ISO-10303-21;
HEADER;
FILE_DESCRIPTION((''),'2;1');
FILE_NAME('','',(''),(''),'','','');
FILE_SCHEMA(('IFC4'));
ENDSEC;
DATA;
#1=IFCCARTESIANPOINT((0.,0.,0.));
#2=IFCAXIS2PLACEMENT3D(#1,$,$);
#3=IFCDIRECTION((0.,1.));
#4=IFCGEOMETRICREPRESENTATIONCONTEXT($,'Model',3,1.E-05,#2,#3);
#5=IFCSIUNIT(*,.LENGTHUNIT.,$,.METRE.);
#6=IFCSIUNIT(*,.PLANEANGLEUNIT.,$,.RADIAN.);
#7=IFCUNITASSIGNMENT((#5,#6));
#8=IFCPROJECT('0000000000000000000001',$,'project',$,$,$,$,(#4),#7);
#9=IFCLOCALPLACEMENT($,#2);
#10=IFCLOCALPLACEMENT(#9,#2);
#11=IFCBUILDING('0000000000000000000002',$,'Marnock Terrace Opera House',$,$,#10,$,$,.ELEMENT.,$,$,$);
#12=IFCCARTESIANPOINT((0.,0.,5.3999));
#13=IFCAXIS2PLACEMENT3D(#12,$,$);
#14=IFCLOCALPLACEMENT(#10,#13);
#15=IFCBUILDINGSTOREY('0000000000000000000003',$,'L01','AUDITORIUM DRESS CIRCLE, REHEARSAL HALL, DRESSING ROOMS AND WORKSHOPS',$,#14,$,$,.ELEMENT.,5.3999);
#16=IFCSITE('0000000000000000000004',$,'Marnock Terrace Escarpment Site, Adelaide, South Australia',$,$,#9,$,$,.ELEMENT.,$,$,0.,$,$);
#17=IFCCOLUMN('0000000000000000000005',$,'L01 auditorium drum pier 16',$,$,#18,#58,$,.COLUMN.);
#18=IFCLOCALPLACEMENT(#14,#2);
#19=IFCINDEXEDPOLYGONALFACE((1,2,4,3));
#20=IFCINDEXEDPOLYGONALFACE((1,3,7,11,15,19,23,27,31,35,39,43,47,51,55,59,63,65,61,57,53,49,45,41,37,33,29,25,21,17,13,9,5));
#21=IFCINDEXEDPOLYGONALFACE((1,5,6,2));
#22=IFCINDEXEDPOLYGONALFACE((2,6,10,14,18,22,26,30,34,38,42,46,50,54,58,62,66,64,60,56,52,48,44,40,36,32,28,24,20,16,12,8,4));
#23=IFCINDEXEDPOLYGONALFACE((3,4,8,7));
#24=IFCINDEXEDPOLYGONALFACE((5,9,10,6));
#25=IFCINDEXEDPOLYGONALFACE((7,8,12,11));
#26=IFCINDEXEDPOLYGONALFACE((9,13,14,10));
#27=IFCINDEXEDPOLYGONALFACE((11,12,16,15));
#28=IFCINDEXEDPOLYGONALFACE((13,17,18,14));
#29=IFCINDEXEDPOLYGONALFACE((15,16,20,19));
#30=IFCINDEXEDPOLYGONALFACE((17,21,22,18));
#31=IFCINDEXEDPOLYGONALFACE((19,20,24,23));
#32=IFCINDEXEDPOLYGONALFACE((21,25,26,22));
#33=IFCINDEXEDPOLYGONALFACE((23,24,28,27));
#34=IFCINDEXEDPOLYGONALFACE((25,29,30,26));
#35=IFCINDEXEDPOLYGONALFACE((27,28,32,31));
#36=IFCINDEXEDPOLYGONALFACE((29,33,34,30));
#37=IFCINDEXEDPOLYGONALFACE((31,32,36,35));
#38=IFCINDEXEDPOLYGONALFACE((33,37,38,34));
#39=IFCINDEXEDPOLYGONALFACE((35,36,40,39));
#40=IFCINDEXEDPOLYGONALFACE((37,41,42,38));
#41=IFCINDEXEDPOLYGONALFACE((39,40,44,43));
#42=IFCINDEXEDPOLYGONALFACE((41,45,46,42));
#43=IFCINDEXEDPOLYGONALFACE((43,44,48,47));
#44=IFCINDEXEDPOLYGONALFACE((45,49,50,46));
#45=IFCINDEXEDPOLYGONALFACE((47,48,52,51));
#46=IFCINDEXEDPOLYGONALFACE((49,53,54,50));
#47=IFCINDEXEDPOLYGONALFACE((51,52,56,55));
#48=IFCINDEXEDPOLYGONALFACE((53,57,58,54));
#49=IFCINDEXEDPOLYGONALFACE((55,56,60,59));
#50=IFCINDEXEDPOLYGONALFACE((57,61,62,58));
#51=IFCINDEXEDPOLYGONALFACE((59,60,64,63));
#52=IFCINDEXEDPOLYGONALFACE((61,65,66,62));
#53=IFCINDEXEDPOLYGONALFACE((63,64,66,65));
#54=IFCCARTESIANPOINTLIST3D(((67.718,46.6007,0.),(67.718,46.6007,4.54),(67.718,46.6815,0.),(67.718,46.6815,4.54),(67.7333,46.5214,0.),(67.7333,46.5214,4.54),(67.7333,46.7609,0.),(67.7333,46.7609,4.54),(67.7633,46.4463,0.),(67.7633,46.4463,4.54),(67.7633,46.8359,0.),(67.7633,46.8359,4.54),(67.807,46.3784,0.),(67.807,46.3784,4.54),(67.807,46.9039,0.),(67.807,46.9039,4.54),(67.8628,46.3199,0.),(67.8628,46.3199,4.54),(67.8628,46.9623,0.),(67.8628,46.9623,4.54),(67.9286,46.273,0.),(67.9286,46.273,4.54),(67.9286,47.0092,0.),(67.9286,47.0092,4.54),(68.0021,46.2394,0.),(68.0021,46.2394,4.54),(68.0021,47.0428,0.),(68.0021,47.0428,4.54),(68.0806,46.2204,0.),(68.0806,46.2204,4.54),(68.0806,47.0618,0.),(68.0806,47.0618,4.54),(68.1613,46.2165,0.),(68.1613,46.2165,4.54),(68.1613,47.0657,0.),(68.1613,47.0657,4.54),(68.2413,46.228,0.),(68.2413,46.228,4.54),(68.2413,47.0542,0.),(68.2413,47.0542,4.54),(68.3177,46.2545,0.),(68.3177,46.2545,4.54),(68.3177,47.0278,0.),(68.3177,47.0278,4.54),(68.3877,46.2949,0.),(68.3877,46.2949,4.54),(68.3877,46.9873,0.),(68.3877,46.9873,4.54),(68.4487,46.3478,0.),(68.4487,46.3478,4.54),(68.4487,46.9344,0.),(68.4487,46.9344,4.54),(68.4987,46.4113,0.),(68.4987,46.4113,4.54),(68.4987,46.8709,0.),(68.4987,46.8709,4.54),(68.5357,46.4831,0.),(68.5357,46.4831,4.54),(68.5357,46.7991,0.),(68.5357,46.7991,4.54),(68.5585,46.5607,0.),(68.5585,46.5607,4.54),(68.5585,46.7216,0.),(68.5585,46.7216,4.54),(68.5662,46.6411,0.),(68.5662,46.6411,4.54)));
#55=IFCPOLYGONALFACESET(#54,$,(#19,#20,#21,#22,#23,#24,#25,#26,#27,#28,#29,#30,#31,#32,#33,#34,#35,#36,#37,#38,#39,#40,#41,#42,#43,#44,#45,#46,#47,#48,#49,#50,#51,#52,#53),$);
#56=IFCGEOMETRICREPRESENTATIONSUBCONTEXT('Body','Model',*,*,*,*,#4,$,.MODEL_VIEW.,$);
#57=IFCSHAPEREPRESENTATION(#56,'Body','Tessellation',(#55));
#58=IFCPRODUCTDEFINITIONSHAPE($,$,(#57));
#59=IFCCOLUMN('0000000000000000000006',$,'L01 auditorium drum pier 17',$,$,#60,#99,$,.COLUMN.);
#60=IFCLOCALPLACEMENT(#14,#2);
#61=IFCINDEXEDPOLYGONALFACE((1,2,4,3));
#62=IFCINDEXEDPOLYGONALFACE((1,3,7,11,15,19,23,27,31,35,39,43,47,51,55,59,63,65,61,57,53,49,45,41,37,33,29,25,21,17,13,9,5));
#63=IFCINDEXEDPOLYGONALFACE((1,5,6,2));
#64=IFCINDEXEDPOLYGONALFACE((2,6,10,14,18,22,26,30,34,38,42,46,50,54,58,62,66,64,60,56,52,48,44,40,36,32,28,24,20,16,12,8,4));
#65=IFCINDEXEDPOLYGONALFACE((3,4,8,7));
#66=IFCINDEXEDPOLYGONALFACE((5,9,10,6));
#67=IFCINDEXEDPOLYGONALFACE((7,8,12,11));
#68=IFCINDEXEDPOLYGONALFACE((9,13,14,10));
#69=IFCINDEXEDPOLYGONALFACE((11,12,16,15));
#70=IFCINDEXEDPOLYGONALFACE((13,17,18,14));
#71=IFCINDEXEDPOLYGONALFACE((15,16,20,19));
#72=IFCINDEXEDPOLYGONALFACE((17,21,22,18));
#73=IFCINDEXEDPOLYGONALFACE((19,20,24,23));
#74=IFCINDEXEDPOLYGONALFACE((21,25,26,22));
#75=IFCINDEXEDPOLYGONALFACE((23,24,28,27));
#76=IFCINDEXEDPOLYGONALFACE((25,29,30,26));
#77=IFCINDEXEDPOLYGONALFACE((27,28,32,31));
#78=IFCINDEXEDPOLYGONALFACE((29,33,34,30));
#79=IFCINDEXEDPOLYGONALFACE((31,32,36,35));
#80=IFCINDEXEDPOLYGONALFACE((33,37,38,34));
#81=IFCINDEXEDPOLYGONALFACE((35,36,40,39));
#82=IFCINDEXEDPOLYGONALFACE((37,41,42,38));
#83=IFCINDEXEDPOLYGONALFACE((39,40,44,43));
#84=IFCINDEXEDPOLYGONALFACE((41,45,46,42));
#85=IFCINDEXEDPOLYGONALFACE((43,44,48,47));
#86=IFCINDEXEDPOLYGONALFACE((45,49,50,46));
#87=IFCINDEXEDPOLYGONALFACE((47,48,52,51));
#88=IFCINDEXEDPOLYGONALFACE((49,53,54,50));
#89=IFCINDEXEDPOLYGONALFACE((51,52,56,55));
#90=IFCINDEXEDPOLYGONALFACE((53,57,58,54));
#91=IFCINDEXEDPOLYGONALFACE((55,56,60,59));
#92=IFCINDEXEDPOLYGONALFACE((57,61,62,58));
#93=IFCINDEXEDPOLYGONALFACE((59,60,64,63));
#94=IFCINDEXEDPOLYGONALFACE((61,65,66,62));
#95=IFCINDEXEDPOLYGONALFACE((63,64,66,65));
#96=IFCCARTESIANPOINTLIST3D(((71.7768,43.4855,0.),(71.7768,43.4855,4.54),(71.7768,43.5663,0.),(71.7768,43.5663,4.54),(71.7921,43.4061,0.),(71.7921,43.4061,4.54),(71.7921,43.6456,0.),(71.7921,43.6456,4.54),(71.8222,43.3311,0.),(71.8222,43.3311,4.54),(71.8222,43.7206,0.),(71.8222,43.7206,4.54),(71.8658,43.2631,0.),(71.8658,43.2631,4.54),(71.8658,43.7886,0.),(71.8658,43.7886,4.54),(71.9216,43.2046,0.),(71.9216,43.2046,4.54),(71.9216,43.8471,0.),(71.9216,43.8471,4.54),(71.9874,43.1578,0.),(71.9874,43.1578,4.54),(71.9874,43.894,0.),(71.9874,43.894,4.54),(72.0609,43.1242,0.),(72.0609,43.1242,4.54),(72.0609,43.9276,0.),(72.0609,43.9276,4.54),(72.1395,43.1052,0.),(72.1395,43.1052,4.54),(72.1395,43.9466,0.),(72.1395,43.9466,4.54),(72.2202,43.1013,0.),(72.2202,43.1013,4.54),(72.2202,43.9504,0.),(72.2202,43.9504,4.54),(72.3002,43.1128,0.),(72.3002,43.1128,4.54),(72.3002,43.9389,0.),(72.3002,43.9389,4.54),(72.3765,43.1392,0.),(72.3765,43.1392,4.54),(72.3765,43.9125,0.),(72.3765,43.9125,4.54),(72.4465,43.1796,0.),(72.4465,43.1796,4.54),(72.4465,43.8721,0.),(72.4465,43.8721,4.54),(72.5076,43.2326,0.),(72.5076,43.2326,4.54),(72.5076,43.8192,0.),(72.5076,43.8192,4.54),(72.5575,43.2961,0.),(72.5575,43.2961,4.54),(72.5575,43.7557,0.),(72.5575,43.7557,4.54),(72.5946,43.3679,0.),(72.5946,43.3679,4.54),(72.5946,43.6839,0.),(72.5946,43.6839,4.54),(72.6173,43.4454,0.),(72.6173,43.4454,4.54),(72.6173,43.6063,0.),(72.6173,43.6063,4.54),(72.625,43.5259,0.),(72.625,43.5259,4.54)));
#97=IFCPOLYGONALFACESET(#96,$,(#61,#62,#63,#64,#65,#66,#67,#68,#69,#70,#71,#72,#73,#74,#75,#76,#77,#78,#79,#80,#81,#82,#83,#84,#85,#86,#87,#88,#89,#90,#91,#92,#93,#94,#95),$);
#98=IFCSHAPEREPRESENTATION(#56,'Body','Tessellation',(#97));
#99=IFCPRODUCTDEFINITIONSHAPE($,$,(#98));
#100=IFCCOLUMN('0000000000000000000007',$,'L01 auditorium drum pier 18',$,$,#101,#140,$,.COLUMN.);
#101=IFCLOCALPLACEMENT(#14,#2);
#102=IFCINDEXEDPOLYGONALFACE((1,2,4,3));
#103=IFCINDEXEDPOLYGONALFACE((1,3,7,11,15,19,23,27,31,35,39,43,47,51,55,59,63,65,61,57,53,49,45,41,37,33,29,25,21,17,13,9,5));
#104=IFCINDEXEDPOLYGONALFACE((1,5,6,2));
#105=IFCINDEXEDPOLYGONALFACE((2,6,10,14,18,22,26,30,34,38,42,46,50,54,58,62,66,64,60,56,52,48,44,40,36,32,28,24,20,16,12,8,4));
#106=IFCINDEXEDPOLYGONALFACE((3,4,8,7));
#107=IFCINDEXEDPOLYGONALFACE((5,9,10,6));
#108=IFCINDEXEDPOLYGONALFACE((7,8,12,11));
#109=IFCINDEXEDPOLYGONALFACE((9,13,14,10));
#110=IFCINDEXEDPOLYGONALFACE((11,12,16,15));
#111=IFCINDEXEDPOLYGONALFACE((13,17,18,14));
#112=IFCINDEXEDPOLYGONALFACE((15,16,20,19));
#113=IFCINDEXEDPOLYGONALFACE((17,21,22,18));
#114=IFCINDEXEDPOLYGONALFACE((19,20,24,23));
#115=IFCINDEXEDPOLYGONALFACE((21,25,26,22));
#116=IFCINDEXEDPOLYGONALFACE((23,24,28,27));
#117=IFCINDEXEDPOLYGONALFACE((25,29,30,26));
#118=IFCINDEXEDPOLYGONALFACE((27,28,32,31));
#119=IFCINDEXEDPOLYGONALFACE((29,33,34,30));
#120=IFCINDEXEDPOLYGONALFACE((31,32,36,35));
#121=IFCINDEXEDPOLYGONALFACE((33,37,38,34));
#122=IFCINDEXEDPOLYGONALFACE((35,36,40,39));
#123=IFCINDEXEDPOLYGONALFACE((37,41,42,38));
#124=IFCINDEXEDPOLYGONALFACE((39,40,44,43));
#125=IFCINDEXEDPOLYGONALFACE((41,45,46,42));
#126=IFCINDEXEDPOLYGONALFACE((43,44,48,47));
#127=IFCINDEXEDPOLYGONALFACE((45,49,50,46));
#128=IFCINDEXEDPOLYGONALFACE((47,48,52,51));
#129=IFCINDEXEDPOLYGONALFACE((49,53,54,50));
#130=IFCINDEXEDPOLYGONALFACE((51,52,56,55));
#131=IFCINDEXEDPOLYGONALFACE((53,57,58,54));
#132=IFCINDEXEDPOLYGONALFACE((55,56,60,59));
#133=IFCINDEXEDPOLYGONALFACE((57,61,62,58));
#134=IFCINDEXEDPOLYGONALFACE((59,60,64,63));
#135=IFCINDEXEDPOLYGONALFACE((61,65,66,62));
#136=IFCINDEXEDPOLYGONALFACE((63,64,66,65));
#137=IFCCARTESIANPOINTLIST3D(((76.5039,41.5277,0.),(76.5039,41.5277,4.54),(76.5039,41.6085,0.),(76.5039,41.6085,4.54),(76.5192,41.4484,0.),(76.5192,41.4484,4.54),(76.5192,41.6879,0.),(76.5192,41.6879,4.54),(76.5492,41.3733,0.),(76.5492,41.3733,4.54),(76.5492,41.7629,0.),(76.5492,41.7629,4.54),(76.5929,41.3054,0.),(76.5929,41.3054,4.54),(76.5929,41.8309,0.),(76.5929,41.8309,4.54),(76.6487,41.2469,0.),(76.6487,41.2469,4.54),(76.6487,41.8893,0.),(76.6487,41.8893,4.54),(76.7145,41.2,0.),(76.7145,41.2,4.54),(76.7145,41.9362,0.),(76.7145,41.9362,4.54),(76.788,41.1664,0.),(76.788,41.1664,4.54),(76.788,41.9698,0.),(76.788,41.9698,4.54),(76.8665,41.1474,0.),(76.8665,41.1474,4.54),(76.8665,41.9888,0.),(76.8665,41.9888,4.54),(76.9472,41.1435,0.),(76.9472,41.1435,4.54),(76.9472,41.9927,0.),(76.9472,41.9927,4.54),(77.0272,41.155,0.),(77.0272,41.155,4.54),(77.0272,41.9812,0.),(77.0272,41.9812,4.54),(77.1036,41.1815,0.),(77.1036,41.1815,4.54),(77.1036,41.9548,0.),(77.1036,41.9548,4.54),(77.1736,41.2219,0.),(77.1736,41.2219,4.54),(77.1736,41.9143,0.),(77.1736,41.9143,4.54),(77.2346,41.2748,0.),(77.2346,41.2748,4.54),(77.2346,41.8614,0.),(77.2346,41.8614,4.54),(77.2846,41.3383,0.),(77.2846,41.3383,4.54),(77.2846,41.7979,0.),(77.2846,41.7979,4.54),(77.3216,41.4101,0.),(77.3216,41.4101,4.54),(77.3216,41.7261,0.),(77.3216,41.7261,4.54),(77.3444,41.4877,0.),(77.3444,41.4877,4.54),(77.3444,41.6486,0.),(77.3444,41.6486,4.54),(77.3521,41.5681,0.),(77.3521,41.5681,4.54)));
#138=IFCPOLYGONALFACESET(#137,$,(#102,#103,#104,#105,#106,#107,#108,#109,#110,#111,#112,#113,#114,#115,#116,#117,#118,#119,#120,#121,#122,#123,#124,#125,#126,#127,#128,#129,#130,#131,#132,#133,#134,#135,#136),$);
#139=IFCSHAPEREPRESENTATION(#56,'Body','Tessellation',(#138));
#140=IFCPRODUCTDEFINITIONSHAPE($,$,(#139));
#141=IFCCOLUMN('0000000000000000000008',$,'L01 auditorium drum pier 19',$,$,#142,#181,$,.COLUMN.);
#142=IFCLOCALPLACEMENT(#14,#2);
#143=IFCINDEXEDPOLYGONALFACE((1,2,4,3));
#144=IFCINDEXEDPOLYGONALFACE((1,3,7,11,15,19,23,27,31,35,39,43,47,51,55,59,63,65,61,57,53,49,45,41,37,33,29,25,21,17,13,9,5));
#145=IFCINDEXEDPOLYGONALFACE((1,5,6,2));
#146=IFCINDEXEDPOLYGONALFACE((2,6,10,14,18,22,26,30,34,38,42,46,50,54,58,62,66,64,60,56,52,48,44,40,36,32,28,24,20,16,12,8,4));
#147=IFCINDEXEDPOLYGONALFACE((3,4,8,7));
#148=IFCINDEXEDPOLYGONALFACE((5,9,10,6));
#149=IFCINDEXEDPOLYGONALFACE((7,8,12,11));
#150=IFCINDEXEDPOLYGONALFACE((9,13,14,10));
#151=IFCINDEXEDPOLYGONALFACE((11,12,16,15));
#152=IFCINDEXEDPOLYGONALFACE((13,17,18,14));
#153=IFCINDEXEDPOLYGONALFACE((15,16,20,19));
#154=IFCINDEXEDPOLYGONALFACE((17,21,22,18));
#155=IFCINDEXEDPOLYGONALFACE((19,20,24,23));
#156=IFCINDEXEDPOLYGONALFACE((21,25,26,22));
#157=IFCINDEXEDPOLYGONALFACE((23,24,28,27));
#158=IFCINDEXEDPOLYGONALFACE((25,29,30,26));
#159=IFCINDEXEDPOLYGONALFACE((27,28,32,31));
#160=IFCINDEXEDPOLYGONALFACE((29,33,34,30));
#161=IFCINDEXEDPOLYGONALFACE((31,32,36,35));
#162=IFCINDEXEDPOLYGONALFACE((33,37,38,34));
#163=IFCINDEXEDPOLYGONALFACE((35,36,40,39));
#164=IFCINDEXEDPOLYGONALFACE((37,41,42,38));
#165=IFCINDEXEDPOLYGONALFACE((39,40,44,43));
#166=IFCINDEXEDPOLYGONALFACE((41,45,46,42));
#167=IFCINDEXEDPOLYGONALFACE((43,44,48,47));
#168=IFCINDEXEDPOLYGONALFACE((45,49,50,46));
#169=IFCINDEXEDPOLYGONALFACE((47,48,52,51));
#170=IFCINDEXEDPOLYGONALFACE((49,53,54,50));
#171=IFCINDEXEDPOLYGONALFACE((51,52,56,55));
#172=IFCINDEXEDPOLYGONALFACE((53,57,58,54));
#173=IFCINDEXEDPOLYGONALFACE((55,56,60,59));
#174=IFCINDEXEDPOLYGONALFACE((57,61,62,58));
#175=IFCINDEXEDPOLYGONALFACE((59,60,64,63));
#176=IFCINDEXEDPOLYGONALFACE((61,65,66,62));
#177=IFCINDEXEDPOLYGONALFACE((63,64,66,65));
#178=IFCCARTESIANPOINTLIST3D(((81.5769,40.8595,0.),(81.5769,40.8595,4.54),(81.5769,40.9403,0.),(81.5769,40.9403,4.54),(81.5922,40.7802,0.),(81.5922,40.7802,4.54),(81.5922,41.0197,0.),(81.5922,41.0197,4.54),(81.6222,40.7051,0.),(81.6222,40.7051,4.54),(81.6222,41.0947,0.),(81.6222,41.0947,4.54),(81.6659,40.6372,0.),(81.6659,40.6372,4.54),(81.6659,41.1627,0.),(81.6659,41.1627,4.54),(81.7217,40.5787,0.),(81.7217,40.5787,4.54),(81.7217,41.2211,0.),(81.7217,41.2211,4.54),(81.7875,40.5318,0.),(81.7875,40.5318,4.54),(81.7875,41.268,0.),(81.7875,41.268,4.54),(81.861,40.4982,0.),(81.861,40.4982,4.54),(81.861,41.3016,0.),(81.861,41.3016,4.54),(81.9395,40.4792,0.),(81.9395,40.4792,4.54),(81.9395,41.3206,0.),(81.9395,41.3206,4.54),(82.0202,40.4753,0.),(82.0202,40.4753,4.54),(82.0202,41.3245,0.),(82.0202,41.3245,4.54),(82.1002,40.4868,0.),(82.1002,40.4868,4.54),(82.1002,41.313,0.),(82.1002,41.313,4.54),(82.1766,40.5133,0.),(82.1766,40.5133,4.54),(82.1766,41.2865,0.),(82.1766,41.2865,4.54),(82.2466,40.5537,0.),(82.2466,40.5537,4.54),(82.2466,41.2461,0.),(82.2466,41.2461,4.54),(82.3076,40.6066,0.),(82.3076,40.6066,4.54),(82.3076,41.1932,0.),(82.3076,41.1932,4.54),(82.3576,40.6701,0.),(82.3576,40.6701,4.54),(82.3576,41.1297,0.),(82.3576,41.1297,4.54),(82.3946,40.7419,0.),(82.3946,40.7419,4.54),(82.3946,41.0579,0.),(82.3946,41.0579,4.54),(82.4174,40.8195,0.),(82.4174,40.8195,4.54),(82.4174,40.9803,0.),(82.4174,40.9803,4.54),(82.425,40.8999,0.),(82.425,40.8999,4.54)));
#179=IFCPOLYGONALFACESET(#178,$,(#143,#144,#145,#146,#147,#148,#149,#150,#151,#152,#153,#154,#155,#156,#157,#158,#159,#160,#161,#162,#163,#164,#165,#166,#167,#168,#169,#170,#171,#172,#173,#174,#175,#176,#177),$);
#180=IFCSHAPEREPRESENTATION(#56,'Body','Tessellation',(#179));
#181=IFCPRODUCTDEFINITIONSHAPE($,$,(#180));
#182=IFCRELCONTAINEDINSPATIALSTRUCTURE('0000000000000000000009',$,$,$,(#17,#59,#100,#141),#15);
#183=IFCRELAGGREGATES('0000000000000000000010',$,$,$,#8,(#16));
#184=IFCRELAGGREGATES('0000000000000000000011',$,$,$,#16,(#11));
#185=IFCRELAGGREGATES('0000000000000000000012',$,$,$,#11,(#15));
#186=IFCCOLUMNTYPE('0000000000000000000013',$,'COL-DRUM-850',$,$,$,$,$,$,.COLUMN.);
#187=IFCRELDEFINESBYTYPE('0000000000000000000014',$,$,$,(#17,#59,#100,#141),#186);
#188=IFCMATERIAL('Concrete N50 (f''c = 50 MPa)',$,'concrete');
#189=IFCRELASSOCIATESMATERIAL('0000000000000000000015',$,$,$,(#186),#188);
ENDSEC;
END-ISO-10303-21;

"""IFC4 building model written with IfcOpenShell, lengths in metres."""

from ifc_helpers import new_model, si_unit, direction, frame, origin, origin_2d, place, context, subcontext, project, spatial, circle, extrude, material, material_profile, profile_set, type_object, element, save


model = new_model("IFC4")

# Units and contexts
model_context = context("Model", 3, precision=1e-05, world=origin(), true_north=direction((0.0, 1.0)))
body_context = subcontext(model_context, "Body", "Model", "MODEL_VIEW")
ifc_project = project(units=[si_unit("LENGTHUNIT", "METRE"), si_unit("PLANEANGLEUNIT", "RADIAN")], contexts=[model_context])

# Site, building, storey
site_placement = place(None, origin())
site = spatial("IfcSite", under=ifc_project, at=site_placement, Name="Marnock Terrace Escarpment Site, Adelaide, South Australia", CompositionType="ELEMENT", RefElevation=0.0)
building_placement = place(site_placement, origin())
building = spatial("IfcBuilding", under=site, at=building_placement, Name="Marnock Terrace Opera House", CompositionType="ELEMENT")
storey_placement = place(building_placement, frame((0.0, 0.0, 5.3999)))
storey = spatial("IfcBuildingStorey", under=building, at=storey_placement, Name="L01", Description="AUDITORIUM DRESS CIRCLE, REHEARSAL HALL, DRESSING ROOMS AND WORKSHOPS", CompositionType="ELEMENT", Elevation=5.3999)

# Columns
ifc_material_1 = material(Name="Concrete N50 (f'c = 50 MPa)", Category="concrete")
ifc_material_profile_1 = material_profile(ifc_material_1, circle(Radius=0.425, at=origin_2d()))
ifc_profile_set_1 = profile_set([ifc_material_profile_1], Name="Concrete N50 (f'c = 50 MPa)")
column_type_1 = type_object("IfcColumnType", Name="COL-DRUM-850", PredefinedType="COLUMN", material=ifc_profile_set_1)
for number, where, z_axis, x_axis, name in (
    (1, (68.1411, 46.6411, 0.0), (0.0, 0.0, 1.0), (1.0, 0.0, 0.0), "L01 auditorium drum pier 16"),
    (2, (72.2, 43.5259, 0.0), (0.0, 0.0, 1.0), (1.0, 0.0, 0.0), "L01 auditorium drum pier 17"),
    (3, (76.927, 41.5681, 0.0), (0.0, 0.0, 1.0), (1.0, 0.0, 0.0), "L01 auditorium drum pier 18"),
    (4, (82.0, 40.8999, 0.0), (0.0, 0.0, 1.0), (1.0, 0.0, 0.0), "L01 auditorium drum pier 19"),
):
    element("IfcColumn", number, at=place(storey_placement, frame(where, z_axis=z_axis, x_axis=x_axis)), inside=storey, type_object=column_type_1, Name=name, PredefinedType="COLUMN", context=body_context, shape_type="SweptSolid", body=[
        extrude(circle(Radius=0.425, at=origin_2d()), origin(), (0.0, 0.0, 1.0), 4.54),
    ])

save(model, "model.ifc")
